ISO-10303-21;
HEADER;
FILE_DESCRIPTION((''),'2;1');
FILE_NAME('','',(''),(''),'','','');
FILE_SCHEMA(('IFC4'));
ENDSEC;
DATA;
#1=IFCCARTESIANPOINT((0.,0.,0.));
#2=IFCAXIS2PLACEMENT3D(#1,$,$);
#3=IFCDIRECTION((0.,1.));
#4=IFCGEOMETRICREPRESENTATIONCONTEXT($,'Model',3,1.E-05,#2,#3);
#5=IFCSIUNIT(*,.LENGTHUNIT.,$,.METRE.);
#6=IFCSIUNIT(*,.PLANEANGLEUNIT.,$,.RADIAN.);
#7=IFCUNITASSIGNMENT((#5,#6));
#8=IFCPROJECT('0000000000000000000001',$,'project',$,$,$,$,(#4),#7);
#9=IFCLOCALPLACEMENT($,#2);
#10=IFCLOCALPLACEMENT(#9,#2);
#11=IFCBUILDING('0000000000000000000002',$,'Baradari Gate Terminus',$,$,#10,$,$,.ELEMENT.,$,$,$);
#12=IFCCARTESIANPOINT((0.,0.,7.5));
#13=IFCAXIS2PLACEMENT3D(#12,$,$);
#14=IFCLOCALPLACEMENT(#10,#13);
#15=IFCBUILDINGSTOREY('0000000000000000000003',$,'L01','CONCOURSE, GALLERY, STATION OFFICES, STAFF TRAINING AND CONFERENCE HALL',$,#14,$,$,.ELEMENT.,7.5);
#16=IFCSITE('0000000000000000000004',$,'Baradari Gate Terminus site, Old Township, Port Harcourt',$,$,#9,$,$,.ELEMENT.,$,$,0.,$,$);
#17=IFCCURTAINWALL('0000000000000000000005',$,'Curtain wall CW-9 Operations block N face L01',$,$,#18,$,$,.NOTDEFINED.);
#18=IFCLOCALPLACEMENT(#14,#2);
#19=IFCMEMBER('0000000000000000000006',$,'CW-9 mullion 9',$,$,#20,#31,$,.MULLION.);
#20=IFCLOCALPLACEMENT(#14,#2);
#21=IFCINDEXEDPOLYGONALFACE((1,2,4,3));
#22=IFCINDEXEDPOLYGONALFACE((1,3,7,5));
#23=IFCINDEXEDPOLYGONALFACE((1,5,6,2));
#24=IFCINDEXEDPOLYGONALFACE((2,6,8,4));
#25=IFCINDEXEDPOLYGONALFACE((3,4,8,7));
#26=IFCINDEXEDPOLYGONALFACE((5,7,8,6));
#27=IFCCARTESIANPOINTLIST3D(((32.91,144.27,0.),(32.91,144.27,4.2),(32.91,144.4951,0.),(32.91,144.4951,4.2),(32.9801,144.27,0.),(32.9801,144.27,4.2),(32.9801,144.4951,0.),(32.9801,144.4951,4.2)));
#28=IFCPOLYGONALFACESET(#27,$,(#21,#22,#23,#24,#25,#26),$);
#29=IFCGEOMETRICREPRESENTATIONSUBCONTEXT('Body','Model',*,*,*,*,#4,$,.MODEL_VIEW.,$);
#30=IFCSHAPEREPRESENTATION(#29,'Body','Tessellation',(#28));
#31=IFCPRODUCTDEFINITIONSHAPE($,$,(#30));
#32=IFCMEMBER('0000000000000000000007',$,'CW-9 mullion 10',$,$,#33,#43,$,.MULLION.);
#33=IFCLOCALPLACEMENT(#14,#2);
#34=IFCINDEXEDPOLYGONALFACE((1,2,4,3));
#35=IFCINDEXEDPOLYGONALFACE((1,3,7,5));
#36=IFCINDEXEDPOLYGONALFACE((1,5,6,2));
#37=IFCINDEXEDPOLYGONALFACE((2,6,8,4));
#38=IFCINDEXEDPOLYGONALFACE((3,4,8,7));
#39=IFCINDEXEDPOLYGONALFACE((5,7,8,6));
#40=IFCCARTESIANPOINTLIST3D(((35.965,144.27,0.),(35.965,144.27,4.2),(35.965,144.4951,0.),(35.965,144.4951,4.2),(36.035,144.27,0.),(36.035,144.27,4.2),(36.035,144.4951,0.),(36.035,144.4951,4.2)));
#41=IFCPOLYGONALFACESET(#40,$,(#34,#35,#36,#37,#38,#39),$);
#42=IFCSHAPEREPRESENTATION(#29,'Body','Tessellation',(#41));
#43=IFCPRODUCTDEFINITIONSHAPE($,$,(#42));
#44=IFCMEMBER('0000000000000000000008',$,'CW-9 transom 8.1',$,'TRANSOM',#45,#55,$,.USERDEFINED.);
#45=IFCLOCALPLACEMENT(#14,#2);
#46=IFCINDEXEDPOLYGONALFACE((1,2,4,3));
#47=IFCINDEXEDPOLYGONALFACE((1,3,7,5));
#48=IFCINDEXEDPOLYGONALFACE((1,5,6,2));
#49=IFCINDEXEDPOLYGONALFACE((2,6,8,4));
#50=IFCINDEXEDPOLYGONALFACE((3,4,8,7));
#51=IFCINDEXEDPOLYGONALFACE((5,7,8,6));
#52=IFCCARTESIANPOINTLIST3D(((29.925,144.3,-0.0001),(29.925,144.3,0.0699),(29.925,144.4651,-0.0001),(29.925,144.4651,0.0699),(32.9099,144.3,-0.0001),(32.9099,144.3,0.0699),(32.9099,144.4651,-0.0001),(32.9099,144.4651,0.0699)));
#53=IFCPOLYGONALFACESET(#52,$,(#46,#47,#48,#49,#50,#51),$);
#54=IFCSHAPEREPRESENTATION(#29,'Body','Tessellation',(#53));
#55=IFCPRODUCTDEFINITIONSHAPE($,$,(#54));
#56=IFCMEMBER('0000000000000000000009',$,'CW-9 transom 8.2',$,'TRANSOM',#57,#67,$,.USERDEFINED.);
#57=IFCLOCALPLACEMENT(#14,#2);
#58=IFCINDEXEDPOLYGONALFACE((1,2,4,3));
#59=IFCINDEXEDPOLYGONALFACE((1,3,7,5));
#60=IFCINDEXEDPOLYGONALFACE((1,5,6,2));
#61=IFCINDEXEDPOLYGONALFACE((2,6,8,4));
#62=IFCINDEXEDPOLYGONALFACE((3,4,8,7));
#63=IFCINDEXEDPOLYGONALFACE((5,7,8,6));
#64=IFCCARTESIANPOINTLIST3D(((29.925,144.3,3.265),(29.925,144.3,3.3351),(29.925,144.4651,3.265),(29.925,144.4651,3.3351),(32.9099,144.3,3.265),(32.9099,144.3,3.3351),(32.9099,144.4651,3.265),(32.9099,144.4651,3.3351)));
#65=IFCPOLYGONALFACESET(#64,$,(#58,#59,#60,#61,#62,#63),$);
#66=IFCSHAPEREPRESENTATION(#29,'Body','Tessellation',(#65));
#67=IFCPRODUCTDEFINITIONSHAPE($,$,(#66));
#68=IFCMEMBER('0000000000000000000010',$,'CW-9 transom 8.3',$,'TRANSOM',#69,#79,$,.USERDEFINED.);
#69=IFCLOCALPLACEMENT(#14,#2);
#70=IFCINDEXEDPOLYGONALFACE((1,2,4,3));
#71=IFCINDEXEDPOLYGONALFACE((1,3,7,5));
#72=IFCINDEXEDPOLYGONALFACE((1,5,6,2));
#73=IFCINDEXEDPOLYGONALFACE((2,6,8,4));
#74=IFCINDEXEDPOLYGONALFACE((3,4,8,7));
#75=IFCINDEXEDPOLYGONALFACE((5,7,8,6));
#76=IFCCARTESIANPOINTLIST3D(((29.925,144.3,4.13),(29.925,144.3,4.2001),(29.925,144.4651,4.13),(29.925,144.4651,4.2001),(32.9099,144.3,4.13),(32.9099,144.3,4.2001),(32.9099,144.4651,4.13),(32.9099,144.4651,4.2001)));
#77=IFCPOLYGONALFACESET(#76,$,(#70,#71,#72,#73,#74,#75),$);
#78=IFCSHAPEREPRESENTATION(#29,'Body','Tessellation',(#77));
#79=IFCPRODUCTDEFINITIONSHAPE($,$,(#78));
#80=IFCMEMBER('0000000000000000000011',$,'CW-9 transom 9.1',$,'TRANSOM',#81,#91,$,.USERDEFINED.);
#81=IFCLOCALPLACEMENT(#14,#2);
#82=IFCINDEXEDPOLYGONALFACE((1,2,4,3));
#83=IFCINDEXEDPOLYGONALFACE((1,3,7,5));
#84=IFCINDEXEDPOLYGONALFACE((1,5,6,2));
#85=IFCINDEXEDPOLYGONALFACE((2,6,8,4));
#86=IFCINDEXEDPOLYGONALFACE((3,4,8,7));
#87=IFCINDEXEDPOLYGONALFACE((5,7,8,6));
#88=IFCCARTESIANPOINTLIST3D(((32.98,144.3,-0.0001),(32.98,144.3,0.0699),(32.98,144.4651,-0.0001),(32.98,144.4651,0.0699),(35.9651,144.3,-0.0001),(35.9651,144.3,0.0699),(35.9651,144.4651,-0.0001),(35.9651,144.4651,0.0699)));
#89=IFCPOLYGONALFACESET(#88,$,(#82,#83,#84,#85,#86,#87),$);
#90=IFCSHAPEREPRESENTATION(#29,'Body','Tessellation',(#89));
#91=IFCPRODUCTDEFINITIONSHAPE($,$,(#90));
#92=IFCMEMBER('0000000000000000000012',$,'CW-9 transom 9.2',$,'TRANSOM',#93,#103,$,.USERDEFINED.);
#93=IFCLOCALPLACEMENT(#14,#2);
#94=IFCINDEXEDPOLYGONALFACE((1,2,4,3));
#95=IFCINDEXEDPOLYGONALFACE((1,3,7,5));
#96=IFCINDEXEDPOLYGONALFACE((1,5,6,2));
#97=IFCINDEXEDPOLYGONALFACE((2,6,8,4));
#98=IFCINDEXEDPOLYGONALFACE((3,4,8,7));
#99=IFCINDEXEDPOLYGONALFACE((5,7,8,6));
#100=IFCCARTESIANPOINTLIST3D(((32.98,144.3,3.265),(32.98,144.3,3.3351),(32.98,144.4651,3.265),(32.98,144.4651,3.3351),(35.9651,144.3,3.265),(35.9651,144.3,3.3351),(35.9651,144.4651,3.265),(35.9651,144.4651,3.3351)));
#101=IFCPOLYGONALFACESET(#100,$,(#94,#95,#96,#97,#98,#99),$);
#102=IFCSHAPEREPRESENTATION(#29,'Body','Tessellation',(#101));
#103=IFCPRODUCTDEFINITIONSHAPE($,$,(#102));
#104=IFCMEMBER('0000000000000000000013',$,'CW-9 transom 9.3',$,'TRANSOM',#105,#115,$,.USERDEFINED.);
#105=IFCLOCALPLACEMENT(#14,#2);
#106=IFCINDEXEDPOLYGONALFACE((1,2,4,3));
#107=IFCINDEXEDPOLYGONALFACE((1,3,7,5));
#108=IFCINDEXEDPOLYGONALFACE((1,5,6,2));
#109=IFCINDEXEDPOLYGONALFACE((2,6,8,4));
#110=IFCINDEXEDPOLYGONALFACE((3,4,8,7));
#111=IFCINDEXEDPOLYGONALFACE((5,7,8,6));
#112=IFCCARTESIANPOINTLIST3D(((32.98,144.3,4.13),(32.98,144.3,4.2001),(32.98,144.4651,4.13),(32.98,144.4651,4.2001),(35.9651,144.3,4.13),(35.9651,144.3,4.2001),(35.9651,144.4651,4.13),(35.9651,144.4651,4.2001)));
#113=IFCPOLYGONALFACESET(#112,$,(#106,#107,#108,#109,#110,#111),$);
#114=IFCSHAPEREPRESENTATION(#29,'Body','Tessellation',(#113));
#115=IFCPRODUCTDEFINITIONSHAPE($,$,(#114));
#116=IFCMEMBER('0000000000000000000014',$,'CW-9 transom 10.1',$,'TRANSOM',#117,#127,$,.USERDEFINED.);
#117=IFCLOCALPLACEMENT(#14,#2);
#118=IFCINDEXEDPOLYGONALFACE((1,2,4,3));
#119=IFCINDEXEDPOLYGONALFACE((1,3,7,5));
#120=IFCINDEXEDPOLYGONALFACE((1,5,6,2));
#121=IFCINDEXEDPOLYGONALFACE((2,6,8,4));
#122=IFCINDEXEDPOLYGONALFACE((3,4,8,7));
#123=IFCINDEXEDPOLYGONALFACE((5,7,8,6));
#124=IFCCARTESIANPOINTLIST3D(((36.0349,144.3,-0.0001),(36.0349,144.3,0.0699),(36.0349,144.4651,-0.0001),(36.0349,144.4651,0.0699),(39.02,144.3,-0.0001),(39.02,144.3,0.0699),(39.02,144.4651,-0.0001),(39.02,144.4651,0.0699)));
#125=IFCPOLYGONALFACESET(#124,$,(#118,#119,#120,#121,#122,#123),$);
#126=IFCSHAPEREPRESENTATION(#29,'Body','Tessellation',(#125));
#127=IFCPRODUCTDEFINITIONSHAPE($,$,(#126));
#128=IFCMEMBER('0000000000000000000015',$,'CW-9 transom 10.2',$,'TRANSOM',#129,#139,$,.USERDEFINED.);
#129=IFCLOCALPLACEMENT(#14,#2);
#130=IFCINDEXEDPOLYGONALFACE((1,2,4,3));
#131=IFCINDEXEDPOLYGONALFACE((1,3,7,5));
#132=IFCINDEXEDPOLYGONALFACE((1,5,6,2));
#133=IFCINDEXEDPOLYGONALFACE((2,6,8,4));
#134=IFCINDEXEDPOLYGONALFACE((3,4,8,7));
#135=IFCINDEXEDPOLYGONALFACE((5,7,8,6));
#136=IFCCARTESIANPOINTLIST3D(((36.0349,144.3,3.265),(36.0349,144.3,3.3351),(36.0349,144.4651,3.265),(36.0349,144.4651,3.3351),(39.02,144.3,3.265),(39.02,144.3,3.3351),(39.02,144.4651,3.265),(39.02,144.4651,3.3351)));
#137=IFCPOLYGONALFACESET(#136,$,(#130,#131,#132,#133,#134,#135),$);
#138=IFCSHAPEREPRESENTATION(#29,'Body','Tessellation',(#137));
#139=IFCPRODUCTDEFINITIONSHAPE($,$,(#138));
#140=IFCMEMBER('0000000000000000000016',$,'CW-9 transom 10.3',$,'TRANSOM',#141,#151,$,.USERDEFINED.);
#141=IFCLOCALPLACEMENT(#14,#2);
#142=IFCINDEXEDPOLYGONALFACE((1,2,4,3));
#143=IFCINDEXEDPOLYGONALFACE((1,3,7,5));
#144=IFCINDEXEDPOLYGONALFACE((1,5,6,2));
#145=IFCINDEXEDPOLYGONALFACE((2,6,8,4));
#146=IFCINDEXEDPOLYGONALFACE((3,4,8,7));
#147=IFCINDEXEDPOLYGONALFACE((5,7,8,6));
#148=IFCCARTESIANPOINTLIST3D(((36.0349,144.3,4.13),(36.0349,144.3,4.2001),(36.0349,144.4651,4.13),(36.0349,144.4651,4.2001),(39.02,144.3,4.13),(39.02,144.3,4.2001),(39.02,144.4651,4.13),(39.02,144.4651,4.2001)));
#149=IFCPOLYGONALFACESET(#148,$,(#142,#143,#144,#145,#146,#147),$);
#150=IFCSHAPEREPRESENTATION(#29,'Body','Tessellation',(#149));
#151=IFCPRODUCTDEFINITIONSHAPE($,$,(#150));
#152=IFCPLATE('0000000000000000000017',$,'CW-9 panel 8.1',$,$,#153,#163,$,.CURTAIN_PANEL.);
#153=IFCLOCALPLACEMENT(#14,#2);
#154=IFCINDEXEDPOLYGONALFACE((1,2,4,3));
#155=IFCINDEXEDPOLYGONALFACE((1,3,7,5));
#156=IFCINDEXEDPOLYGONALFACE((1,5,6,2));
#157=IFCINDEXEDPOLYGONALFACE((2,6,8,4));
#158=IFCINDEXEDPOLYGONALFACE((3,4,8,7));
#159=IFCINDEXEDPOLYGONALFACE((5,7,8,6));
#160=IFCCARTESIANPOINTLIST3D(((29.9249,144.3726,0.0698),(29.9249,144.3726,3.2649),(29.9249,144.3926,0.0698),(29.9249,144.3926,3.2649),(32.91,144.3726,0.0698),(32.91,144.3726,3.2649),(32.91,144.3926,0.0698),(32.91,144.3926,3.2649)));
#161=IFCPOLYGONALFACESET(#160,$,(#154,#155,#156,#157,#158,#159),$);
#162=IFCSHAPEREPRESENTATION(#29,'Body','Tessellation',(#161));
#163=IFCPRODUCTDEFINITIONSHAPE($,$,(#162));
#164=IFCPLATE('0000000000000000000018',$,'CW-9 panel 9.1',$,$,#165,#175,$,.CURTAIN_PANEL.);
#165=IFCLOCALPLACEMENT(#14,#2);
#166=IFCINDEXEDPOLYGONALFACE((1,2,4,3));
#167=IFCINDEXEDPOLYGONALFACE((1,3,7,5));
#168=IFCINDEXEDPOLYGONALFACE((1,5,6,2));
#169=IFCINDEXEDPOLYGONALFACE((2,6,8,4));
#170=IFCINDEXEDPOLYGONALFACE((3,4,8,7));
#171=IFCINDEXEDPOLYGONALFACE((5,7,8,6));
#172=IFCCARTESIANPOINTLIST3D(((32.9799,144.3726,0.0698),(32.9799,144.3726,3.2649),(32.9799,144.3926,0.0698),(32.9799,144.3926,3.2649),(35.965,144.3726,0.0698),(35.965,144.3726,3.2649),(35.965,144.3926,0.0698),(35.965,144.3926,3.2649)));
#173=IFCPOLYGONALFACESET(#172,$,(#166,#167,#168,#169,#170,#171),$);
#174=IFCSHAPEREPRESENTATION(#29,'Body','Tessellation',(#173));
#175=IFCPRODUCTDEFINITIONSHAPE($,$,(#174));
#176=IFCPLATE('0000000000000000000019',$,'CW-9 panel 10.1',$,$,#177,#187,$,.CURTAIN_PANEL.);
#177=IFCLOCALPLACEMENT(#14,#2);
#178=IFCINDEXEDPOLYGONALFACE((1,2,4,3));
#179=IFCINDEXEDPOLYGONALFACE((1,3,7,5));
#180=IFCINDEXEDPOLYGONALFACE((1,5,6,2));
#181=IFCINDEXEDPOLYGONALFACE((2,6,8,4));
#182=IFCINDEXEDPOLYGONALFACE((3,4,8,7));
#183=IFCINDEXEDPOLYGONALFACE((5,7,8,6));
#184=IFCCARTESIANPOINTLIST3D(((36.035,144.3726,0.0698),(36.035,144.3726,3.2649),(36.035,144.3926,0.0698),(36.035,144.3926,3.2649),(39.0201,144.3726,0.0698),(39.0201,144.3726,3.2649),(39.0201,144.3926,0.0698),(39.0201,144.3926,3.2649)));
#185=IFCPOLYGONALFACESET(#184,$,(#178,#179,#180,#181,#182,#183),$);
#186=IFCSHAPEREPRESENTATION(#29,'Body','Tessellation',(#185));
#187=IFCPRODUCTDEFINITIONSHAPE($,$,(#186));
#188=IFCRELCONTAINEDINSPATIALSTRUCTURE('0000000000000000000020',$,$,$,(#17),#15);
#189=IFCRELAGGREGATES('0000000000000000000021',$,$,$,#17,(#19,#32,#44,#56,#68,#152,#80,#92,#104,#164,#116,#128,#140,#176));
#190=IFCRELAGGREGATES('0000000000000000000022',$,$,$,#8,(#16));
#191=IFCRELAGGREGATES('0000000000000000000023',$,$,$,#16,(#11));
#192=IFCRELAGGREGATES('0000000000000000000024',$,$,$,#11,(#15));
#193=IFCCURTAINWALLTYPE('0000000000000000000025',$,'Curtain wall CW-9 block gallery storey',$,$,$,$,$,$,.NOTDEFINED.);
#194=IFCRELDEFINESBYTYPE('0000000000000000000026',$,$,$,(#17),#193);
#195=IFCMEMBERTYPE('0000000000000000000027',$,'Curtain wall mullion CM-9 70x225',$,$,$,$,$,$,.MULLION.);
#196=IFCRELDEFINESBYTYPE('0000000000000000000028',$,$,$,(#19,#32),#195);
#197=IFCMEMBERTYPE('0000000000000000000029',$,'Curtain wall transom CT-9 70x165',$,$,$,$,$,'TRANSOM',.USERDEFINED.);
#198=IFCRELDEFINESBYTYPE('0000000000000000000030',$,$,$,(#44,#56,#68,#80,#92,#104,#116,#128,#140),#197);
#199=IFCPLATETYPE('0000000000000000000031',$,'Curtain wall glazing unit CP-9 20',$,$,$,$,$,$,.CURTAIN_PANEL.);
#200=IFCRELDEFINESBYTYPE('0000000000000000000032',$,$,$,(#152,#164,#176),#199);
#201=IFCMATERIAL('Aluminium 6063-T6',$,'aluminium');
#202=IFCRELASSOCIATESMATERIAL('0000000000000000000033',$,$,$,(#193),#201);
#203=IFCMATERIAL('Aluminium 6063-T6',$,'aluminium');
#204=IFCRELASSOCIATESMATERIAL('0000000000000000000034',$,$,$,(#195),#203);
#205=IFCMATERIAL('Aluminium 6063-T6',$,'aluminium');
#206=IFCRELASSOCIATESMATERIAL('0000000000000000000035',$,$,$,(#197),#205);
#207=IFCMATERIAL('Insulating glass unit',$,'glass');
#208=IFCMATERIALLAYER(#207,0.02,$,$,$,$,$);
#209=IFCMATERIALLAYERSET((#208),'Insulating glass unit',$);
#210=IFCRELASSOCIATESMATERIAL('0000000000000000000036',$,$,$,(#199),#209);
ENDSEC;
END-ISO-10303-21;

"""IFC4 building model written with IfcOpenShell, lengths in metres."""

from ifc_helpers import new_model, si_unit, direction, frame, origin, origin_2d, place, context, subcontext, project, spatial, rectangle, extrude, material, layer, layer_set, material_profile, profile_set, type_object, element, aggregate, save


model = new_model("IFC4")

# Units and contexts
model_context = context("Model", 3, precision=1e-05, world=origin(), true_north=direction((0.0, 1.0)))
body_context = subcontext(model_context, "Body", "Model", "MODEL_VIEW")
ifc_project = project(units=[si_unit("LENGTHUNIT", "METRE"), si_unit("PLANEANGLEUNIT", "RADIAN")], contexts=[model_context])

# Site, building, storey
site_placement = place(None, origin())
site = spatial("IfcSite", under=ifc_project, at=site_placement, Name="Baradari Gate Terminus site, Old Township, Port Harcourt", CompositionType="ELEMENT", RefElevation=0.0)
building_placement = place(site_placement, origin())
building = spatial("IfcBuilding", under=site, at=building_placement, Name="Baradari Gate Terminus", CompositionType="ELEMENT")
storey_placement = place(building_placement, frame((0.0, 0.0, 7.5)))
storey = spatial("IfcBuildingStorey", under=building, at=storey_placement, Name="L01", Description="CONCOURSE, GALLERY, STATION OFFICES, STAFF TRAINING AND CONFERENCE HALL", CompositionType="ELEMENT", Elevation=7.5)

# Curtain wall, members, plates
ifc_material_1 = material(Name="Aluminium 6063-T6", Category="aluminium")
curtain_wall_type = type_object("IfcCurtainWallType", Name="Curtain wall CW-9 block gallery storey", PredefinedType="NOTDEFINED", material=ifc_material_1)
curtain_wall_placement = place(storey_placement, origin())
curtain_wall = element("IfcCurtainWall", 1, at=curtain_wall_placement, inside=storey, type_object=curtain_wall_type, Name="Curtain wall CW-9 Operations block N face L01", PredefinedType="NOTDEFINED")
ifc_material_2 = material(Name="Aluminium 6063-T6", Category="aluminium")
ifc_material_profile_1 = material_profile(ifc_material_2, rectangle(XDim=0.2251, YDim=0.0701, at=origin_2d()), Name="CM-9 70X225")
ifc_profile_set_1 = profile_set([ifc_material_profile_1], Name="Aluminium 6063-T6")
member_type_1 = type_object("IfcMemberType", Name="Curtain wall mullion CM-9 70x225", PredefinedType="MULLION", material=ifc_profile_set_1)
member_1_placement = place(storey_placement, frame((32.9451, 144.3826, 0.0), z_axis=(0.0, 0.0, 1.0), x_axis=(0.0, 1.0, 0.0)))
member_1 = element("IfcMember", 2, at=member_1_placement, type_object=member_type_1, Name="CW-9 mullion 9", PredefinedType="MULLION", context=body_context, shape_type="SweptSolid", body=[
    extrude(rectangle(XDim=0.2251, YDim=0.0701, at=origin_2d()), origin(), (0.0, 0.0, 1.0), 4.2),
])
member_2_placement = place(storey_placement, frame((36.0, 144.3826, 0.0), z_axis=(0.0, 0.0, 1.0), x_axis=(0.0, 1.0, 0.0)))
member_2 = element("IfcMember", 3, at=member_2_placement, type_object=member_type_1, Name="CW-9 mullion 10", PredefinedType="MULLION", context=body_context, shape_type="SweptSolid", body=[
    extrude(rectangle(XDim=0.2251, YDim=0.0701, at=origin_2d()), origin(), (0.0, 0.0, 1.0), 4.2),
])
ifc_material_3 = material(Name="Aluminium 6063-T6", Category="aluminium")
ifc_material_profile_2 = material_profile(ifc_material_3, rectangle(XDim=0.165, YDim=0.0701, at=origin_2d()), Name="CT-9 70X165")
ifc_profile_set_2 = profile_set([ifc_material_profile_2], Name="Aluminium 6063-T6")
member_type_2 = type_object("IfcMemberType", Name="Curtain wall transom CT-9 70x165", ElementType="TRANSOM", PredefinedType="USERDEFINED", material=ifc_profile_set_2)
member_3_placement = place(storey_placement, frame((29.925, 144.3826, 0.0349), z_axis=(1.0, 0.0, 0.0), x_axis=(0.0, 1.0, 0.0)))
member_3 = element("IfcMember", 4, at=member_3_placement, type_object=member_type_2, Name="CW-9 transom 8.1", ObjectType="TRANSOM", PredefinedType="USERDEFINED", context=body_context, shape_type="SweptSolid", body=[
    extrude(rectangle(XDim=0.165, YDim=0.0701, at=origin_2d()), origin(), (0.0, 0.0, 1.0), 2.9849),
])
member_4_placement = place(storey_placement, frame((29.925, 144.3826, 3.3), z_axis=(1.0, 0.0, 0.0), x_axis=(0.0, 1.0, 0.0)))
member_4 = element("IfcMember", 5, at=member_4_placement, type_object=member_type_2, Name="CW-9 transom 8.2", ObjectType="TRANSOM", PredefinedType="USERDEFINED", context=body_context, shape_type="SweptSolid", body=[
    extrude(rectangle(XDim=0.165, YDim=0.0701, at=origin_2d()), origin(), (0.0, 0.0, 1.0), 2.9849),
])
member_5_placement = place(storey_placement, frame((29.925, 144.3826, 4.165), z_axis=(1.0, 0.0, 0.0), x_axis=(0.0, 1.0, 0.0)))
member_5 = element("IfcMember", 6, at=member_5_placement, type_object=member_type_2, Name="CW-9 transom 8.3", ObjectType="TRANSOM", PredefinedType="USERDEFINED", context=body_context, shape_type="SweptSolid", body=[
    extrude(rectangle(XDim=0.165, YDim=0.0701, at=origin_2d()), origin(), (0.0, 0.0, 1.0), 2.9849),
])
member_6_placement = place(storey_placement, frame((32.98, 144.3826, 0.0349), z_axis=(1.0, 0.0, 0.0), x_axis=(0.0, 1.0, 0.0)))
member_6 = element("IfcMember", 7, at=member_6_placement, type_object=member_type_2, Name="CW-9 transom 9.1", ObjectType="TRANSOM", PredefinedType="USERDEFINED", context=body_context, shape_type="SweptSolid", body=[
    extrude(rectangle(XDim=0.165, YDim=0.0701, at=origin_2d()), origin(), (0.0, 0.0, 1.0), 2.9851),
])
member_7_placement = place(storey_placement, frame((32.98, 144.3826, 3.3), z_axis=(1.0, 0.0, 0.0), x_axis=(0.0, 1.0, 0.0)))
member_7 = element("IfcMember", 8, at=member_7_placement, type_object=member_type_2, Name="CW-9 transom 9.2", ObjectType="TRANSOM", PredefinedType="USERDEFINED", context=body_context, shape_type="SweptSolid", body=[
    extrude(rectangle(XDim=0.165, YDim=0.0701, at=origin_2d()), origin(), (0.0, 0.0, 1.0), 2.9851),
])
member_8_placement = place(storey_placement, frame((32.98, 144.3826, 4.165), z_axis=(1.0, 0.0, 0.0), x_axis=(0.0, 1.0, 0.0)))
member_8 = element("IfcMember", 9, at=member_8_placement, type_object=member_type_2, Name="CW-9 transom 9.3", ObjectType="TRANSOM", PredefinedType="USERDEFINED", context=body_context, shape_type="SweptSolid", body=[
    extrude(rectangle(XDim=0.165, YDim=0.0701, at=origin_2d()), origin(), (0.0, 0.0, 1.0), 2.9851),
])
member_9_placement = place(storey_placement, frame((36.0349, 144.3826, 0.0349), z_axis=(1.0, 0.0, 0.0), x_axis=(0.0, 1.0, 0.0)))
member_9 = element("IfcMember", 10, at=member_9_placement, type_object=member_type_2, Name="CW-9 transom 10.1", ObjectType="TRANSOM", PredefinedType="USERDEFINED", context=body_context, shape_type="SweptSolid", body=[
    extrude(rectangle(XDim=0.165, YDim=0.0701, at=origin_2d()), origin(), (0.0, 0.0, 1.0), 2.9851),
])
member_10_placement = place(storey_placement, frame((36.0349, 144.3826, 3.3), z_axis=(1.0, 0.0, 0.0), x_axis=(0.0, 1.0, 0.0)))
member_10 = element("IfcMember", 11, at=member_10_placement, type_object=member_type_2, Name="CW-9 transom 10.2", ObjectType="TRANSOM", PredefinedType="USERDEFINED", context=body_context, shape_type="SweptSolid", body=[
    extrude(rectangle(XDim=0.165, YDim=0.0701, at=origin_2d()), origin(), (0.0, 0.0, 1.0), 2.9851),
])
member_11_placement = place(storey_placement, frame((36.0349, 144.3826, 4.165), z_axis=(1.0, 0.0, 0.0), x_axis=(0.0, 1.0, 0.0)))
member_11 = element("IfcMember", 12, at=member_11_placement, type_object=member_type_2, Name="CW-9 transom 10.3", ObjectType="TRANSOM", PredefinedType="USERDEFINED", context=body_context, shape_type="SweptSolid", body=[
    extrude(rectangle(XDim=0.165, YDim=0.0701, at=origin_2d()), origin(), (0.0, 0.0, 1.0), 2.9851),
])
ifc_material_4 = material(Name="Insulating glass unit", Category="glass")
ifc_layer_1 = layer(ifc_material_4, 0.02)
ifc_layer_set_1 = layer_set([ifc_layer_1], Name="Insulating glass unit")
plate_type_1 = type_object("IfcPlateType", Name="Curtain wall glazing unit CP-9 20", PredefinedType="CURTAIN_PANEL", material=ifc_layer_set_1)
plate_1_placement = place(storey_placement, frame((31.4175, 144.3826, 0.0698), z_axis=(0.0, 0.0, 1.0), x_axis=(1.0, 0.0, 0.0)))
plate_1 = element("IfcPlate", 13, at=plate_1_placement, type_object=plate_type_1, Name="CW-9 panel 8.1", PredefinedType="CURTAIN_PANEL", context=body_context, shape_type="SweptSolid", body=[
    extrude(rectangle(XDim=2.9851, YDim=0.02, at=origin_2d()), origin(), (0.0, 0.0, 1.0), 3.1951),
])
plate_2_placement = place(storey_placement, frame((34.4724, 144.3826, 0.0698), z_axis=(0.0, 0.0, 1.0), x_axis=(1.0, 0.0, 0.0)))
plate_2 = element("IfcPlate", 14, at=plate_2_placement, type_object=plate_type_1, Name="CW-9 panel 9.1", PredefinedType="CURTAIN_PANEL", context=body_context, shape_type="SweptSolid", body=[
    extrude(rectangle(XDim=2.9851, YDim=0.02, at=origin_2d()), origin(), (0.0, 0.0, 1.0), 3.1951),
])
plate_3_placement = place(storey_placement, frame((37.5276, 144.3826, 0.0698), z_axis=(0.0, 0.0, 1.0), x_axis=(1.0, 0.0, 0.0)))
plate_3 = element("IfcPlate", 15, at=plate_3_placement, type_object=plate_type_1, Name="CW-9 panel 10.1", PredefinedType="CURTAIN_PANEL", context=body_context, shape_type="SweptSolid", body=[
    extrude(rectangle(XDim=2.9851, YDim=0.02, at=origin_2d()), origin(), (0.0, 0.0, 1.0), 3.1951),
])
aggregate(curtain_wall, [member_1, member_2, member_3, member_4, member_5, plate_1, member_6, member_7, member_8, plate_2, member_9, member_10, member_11, plate_3])

save(model, "model.ifc")
